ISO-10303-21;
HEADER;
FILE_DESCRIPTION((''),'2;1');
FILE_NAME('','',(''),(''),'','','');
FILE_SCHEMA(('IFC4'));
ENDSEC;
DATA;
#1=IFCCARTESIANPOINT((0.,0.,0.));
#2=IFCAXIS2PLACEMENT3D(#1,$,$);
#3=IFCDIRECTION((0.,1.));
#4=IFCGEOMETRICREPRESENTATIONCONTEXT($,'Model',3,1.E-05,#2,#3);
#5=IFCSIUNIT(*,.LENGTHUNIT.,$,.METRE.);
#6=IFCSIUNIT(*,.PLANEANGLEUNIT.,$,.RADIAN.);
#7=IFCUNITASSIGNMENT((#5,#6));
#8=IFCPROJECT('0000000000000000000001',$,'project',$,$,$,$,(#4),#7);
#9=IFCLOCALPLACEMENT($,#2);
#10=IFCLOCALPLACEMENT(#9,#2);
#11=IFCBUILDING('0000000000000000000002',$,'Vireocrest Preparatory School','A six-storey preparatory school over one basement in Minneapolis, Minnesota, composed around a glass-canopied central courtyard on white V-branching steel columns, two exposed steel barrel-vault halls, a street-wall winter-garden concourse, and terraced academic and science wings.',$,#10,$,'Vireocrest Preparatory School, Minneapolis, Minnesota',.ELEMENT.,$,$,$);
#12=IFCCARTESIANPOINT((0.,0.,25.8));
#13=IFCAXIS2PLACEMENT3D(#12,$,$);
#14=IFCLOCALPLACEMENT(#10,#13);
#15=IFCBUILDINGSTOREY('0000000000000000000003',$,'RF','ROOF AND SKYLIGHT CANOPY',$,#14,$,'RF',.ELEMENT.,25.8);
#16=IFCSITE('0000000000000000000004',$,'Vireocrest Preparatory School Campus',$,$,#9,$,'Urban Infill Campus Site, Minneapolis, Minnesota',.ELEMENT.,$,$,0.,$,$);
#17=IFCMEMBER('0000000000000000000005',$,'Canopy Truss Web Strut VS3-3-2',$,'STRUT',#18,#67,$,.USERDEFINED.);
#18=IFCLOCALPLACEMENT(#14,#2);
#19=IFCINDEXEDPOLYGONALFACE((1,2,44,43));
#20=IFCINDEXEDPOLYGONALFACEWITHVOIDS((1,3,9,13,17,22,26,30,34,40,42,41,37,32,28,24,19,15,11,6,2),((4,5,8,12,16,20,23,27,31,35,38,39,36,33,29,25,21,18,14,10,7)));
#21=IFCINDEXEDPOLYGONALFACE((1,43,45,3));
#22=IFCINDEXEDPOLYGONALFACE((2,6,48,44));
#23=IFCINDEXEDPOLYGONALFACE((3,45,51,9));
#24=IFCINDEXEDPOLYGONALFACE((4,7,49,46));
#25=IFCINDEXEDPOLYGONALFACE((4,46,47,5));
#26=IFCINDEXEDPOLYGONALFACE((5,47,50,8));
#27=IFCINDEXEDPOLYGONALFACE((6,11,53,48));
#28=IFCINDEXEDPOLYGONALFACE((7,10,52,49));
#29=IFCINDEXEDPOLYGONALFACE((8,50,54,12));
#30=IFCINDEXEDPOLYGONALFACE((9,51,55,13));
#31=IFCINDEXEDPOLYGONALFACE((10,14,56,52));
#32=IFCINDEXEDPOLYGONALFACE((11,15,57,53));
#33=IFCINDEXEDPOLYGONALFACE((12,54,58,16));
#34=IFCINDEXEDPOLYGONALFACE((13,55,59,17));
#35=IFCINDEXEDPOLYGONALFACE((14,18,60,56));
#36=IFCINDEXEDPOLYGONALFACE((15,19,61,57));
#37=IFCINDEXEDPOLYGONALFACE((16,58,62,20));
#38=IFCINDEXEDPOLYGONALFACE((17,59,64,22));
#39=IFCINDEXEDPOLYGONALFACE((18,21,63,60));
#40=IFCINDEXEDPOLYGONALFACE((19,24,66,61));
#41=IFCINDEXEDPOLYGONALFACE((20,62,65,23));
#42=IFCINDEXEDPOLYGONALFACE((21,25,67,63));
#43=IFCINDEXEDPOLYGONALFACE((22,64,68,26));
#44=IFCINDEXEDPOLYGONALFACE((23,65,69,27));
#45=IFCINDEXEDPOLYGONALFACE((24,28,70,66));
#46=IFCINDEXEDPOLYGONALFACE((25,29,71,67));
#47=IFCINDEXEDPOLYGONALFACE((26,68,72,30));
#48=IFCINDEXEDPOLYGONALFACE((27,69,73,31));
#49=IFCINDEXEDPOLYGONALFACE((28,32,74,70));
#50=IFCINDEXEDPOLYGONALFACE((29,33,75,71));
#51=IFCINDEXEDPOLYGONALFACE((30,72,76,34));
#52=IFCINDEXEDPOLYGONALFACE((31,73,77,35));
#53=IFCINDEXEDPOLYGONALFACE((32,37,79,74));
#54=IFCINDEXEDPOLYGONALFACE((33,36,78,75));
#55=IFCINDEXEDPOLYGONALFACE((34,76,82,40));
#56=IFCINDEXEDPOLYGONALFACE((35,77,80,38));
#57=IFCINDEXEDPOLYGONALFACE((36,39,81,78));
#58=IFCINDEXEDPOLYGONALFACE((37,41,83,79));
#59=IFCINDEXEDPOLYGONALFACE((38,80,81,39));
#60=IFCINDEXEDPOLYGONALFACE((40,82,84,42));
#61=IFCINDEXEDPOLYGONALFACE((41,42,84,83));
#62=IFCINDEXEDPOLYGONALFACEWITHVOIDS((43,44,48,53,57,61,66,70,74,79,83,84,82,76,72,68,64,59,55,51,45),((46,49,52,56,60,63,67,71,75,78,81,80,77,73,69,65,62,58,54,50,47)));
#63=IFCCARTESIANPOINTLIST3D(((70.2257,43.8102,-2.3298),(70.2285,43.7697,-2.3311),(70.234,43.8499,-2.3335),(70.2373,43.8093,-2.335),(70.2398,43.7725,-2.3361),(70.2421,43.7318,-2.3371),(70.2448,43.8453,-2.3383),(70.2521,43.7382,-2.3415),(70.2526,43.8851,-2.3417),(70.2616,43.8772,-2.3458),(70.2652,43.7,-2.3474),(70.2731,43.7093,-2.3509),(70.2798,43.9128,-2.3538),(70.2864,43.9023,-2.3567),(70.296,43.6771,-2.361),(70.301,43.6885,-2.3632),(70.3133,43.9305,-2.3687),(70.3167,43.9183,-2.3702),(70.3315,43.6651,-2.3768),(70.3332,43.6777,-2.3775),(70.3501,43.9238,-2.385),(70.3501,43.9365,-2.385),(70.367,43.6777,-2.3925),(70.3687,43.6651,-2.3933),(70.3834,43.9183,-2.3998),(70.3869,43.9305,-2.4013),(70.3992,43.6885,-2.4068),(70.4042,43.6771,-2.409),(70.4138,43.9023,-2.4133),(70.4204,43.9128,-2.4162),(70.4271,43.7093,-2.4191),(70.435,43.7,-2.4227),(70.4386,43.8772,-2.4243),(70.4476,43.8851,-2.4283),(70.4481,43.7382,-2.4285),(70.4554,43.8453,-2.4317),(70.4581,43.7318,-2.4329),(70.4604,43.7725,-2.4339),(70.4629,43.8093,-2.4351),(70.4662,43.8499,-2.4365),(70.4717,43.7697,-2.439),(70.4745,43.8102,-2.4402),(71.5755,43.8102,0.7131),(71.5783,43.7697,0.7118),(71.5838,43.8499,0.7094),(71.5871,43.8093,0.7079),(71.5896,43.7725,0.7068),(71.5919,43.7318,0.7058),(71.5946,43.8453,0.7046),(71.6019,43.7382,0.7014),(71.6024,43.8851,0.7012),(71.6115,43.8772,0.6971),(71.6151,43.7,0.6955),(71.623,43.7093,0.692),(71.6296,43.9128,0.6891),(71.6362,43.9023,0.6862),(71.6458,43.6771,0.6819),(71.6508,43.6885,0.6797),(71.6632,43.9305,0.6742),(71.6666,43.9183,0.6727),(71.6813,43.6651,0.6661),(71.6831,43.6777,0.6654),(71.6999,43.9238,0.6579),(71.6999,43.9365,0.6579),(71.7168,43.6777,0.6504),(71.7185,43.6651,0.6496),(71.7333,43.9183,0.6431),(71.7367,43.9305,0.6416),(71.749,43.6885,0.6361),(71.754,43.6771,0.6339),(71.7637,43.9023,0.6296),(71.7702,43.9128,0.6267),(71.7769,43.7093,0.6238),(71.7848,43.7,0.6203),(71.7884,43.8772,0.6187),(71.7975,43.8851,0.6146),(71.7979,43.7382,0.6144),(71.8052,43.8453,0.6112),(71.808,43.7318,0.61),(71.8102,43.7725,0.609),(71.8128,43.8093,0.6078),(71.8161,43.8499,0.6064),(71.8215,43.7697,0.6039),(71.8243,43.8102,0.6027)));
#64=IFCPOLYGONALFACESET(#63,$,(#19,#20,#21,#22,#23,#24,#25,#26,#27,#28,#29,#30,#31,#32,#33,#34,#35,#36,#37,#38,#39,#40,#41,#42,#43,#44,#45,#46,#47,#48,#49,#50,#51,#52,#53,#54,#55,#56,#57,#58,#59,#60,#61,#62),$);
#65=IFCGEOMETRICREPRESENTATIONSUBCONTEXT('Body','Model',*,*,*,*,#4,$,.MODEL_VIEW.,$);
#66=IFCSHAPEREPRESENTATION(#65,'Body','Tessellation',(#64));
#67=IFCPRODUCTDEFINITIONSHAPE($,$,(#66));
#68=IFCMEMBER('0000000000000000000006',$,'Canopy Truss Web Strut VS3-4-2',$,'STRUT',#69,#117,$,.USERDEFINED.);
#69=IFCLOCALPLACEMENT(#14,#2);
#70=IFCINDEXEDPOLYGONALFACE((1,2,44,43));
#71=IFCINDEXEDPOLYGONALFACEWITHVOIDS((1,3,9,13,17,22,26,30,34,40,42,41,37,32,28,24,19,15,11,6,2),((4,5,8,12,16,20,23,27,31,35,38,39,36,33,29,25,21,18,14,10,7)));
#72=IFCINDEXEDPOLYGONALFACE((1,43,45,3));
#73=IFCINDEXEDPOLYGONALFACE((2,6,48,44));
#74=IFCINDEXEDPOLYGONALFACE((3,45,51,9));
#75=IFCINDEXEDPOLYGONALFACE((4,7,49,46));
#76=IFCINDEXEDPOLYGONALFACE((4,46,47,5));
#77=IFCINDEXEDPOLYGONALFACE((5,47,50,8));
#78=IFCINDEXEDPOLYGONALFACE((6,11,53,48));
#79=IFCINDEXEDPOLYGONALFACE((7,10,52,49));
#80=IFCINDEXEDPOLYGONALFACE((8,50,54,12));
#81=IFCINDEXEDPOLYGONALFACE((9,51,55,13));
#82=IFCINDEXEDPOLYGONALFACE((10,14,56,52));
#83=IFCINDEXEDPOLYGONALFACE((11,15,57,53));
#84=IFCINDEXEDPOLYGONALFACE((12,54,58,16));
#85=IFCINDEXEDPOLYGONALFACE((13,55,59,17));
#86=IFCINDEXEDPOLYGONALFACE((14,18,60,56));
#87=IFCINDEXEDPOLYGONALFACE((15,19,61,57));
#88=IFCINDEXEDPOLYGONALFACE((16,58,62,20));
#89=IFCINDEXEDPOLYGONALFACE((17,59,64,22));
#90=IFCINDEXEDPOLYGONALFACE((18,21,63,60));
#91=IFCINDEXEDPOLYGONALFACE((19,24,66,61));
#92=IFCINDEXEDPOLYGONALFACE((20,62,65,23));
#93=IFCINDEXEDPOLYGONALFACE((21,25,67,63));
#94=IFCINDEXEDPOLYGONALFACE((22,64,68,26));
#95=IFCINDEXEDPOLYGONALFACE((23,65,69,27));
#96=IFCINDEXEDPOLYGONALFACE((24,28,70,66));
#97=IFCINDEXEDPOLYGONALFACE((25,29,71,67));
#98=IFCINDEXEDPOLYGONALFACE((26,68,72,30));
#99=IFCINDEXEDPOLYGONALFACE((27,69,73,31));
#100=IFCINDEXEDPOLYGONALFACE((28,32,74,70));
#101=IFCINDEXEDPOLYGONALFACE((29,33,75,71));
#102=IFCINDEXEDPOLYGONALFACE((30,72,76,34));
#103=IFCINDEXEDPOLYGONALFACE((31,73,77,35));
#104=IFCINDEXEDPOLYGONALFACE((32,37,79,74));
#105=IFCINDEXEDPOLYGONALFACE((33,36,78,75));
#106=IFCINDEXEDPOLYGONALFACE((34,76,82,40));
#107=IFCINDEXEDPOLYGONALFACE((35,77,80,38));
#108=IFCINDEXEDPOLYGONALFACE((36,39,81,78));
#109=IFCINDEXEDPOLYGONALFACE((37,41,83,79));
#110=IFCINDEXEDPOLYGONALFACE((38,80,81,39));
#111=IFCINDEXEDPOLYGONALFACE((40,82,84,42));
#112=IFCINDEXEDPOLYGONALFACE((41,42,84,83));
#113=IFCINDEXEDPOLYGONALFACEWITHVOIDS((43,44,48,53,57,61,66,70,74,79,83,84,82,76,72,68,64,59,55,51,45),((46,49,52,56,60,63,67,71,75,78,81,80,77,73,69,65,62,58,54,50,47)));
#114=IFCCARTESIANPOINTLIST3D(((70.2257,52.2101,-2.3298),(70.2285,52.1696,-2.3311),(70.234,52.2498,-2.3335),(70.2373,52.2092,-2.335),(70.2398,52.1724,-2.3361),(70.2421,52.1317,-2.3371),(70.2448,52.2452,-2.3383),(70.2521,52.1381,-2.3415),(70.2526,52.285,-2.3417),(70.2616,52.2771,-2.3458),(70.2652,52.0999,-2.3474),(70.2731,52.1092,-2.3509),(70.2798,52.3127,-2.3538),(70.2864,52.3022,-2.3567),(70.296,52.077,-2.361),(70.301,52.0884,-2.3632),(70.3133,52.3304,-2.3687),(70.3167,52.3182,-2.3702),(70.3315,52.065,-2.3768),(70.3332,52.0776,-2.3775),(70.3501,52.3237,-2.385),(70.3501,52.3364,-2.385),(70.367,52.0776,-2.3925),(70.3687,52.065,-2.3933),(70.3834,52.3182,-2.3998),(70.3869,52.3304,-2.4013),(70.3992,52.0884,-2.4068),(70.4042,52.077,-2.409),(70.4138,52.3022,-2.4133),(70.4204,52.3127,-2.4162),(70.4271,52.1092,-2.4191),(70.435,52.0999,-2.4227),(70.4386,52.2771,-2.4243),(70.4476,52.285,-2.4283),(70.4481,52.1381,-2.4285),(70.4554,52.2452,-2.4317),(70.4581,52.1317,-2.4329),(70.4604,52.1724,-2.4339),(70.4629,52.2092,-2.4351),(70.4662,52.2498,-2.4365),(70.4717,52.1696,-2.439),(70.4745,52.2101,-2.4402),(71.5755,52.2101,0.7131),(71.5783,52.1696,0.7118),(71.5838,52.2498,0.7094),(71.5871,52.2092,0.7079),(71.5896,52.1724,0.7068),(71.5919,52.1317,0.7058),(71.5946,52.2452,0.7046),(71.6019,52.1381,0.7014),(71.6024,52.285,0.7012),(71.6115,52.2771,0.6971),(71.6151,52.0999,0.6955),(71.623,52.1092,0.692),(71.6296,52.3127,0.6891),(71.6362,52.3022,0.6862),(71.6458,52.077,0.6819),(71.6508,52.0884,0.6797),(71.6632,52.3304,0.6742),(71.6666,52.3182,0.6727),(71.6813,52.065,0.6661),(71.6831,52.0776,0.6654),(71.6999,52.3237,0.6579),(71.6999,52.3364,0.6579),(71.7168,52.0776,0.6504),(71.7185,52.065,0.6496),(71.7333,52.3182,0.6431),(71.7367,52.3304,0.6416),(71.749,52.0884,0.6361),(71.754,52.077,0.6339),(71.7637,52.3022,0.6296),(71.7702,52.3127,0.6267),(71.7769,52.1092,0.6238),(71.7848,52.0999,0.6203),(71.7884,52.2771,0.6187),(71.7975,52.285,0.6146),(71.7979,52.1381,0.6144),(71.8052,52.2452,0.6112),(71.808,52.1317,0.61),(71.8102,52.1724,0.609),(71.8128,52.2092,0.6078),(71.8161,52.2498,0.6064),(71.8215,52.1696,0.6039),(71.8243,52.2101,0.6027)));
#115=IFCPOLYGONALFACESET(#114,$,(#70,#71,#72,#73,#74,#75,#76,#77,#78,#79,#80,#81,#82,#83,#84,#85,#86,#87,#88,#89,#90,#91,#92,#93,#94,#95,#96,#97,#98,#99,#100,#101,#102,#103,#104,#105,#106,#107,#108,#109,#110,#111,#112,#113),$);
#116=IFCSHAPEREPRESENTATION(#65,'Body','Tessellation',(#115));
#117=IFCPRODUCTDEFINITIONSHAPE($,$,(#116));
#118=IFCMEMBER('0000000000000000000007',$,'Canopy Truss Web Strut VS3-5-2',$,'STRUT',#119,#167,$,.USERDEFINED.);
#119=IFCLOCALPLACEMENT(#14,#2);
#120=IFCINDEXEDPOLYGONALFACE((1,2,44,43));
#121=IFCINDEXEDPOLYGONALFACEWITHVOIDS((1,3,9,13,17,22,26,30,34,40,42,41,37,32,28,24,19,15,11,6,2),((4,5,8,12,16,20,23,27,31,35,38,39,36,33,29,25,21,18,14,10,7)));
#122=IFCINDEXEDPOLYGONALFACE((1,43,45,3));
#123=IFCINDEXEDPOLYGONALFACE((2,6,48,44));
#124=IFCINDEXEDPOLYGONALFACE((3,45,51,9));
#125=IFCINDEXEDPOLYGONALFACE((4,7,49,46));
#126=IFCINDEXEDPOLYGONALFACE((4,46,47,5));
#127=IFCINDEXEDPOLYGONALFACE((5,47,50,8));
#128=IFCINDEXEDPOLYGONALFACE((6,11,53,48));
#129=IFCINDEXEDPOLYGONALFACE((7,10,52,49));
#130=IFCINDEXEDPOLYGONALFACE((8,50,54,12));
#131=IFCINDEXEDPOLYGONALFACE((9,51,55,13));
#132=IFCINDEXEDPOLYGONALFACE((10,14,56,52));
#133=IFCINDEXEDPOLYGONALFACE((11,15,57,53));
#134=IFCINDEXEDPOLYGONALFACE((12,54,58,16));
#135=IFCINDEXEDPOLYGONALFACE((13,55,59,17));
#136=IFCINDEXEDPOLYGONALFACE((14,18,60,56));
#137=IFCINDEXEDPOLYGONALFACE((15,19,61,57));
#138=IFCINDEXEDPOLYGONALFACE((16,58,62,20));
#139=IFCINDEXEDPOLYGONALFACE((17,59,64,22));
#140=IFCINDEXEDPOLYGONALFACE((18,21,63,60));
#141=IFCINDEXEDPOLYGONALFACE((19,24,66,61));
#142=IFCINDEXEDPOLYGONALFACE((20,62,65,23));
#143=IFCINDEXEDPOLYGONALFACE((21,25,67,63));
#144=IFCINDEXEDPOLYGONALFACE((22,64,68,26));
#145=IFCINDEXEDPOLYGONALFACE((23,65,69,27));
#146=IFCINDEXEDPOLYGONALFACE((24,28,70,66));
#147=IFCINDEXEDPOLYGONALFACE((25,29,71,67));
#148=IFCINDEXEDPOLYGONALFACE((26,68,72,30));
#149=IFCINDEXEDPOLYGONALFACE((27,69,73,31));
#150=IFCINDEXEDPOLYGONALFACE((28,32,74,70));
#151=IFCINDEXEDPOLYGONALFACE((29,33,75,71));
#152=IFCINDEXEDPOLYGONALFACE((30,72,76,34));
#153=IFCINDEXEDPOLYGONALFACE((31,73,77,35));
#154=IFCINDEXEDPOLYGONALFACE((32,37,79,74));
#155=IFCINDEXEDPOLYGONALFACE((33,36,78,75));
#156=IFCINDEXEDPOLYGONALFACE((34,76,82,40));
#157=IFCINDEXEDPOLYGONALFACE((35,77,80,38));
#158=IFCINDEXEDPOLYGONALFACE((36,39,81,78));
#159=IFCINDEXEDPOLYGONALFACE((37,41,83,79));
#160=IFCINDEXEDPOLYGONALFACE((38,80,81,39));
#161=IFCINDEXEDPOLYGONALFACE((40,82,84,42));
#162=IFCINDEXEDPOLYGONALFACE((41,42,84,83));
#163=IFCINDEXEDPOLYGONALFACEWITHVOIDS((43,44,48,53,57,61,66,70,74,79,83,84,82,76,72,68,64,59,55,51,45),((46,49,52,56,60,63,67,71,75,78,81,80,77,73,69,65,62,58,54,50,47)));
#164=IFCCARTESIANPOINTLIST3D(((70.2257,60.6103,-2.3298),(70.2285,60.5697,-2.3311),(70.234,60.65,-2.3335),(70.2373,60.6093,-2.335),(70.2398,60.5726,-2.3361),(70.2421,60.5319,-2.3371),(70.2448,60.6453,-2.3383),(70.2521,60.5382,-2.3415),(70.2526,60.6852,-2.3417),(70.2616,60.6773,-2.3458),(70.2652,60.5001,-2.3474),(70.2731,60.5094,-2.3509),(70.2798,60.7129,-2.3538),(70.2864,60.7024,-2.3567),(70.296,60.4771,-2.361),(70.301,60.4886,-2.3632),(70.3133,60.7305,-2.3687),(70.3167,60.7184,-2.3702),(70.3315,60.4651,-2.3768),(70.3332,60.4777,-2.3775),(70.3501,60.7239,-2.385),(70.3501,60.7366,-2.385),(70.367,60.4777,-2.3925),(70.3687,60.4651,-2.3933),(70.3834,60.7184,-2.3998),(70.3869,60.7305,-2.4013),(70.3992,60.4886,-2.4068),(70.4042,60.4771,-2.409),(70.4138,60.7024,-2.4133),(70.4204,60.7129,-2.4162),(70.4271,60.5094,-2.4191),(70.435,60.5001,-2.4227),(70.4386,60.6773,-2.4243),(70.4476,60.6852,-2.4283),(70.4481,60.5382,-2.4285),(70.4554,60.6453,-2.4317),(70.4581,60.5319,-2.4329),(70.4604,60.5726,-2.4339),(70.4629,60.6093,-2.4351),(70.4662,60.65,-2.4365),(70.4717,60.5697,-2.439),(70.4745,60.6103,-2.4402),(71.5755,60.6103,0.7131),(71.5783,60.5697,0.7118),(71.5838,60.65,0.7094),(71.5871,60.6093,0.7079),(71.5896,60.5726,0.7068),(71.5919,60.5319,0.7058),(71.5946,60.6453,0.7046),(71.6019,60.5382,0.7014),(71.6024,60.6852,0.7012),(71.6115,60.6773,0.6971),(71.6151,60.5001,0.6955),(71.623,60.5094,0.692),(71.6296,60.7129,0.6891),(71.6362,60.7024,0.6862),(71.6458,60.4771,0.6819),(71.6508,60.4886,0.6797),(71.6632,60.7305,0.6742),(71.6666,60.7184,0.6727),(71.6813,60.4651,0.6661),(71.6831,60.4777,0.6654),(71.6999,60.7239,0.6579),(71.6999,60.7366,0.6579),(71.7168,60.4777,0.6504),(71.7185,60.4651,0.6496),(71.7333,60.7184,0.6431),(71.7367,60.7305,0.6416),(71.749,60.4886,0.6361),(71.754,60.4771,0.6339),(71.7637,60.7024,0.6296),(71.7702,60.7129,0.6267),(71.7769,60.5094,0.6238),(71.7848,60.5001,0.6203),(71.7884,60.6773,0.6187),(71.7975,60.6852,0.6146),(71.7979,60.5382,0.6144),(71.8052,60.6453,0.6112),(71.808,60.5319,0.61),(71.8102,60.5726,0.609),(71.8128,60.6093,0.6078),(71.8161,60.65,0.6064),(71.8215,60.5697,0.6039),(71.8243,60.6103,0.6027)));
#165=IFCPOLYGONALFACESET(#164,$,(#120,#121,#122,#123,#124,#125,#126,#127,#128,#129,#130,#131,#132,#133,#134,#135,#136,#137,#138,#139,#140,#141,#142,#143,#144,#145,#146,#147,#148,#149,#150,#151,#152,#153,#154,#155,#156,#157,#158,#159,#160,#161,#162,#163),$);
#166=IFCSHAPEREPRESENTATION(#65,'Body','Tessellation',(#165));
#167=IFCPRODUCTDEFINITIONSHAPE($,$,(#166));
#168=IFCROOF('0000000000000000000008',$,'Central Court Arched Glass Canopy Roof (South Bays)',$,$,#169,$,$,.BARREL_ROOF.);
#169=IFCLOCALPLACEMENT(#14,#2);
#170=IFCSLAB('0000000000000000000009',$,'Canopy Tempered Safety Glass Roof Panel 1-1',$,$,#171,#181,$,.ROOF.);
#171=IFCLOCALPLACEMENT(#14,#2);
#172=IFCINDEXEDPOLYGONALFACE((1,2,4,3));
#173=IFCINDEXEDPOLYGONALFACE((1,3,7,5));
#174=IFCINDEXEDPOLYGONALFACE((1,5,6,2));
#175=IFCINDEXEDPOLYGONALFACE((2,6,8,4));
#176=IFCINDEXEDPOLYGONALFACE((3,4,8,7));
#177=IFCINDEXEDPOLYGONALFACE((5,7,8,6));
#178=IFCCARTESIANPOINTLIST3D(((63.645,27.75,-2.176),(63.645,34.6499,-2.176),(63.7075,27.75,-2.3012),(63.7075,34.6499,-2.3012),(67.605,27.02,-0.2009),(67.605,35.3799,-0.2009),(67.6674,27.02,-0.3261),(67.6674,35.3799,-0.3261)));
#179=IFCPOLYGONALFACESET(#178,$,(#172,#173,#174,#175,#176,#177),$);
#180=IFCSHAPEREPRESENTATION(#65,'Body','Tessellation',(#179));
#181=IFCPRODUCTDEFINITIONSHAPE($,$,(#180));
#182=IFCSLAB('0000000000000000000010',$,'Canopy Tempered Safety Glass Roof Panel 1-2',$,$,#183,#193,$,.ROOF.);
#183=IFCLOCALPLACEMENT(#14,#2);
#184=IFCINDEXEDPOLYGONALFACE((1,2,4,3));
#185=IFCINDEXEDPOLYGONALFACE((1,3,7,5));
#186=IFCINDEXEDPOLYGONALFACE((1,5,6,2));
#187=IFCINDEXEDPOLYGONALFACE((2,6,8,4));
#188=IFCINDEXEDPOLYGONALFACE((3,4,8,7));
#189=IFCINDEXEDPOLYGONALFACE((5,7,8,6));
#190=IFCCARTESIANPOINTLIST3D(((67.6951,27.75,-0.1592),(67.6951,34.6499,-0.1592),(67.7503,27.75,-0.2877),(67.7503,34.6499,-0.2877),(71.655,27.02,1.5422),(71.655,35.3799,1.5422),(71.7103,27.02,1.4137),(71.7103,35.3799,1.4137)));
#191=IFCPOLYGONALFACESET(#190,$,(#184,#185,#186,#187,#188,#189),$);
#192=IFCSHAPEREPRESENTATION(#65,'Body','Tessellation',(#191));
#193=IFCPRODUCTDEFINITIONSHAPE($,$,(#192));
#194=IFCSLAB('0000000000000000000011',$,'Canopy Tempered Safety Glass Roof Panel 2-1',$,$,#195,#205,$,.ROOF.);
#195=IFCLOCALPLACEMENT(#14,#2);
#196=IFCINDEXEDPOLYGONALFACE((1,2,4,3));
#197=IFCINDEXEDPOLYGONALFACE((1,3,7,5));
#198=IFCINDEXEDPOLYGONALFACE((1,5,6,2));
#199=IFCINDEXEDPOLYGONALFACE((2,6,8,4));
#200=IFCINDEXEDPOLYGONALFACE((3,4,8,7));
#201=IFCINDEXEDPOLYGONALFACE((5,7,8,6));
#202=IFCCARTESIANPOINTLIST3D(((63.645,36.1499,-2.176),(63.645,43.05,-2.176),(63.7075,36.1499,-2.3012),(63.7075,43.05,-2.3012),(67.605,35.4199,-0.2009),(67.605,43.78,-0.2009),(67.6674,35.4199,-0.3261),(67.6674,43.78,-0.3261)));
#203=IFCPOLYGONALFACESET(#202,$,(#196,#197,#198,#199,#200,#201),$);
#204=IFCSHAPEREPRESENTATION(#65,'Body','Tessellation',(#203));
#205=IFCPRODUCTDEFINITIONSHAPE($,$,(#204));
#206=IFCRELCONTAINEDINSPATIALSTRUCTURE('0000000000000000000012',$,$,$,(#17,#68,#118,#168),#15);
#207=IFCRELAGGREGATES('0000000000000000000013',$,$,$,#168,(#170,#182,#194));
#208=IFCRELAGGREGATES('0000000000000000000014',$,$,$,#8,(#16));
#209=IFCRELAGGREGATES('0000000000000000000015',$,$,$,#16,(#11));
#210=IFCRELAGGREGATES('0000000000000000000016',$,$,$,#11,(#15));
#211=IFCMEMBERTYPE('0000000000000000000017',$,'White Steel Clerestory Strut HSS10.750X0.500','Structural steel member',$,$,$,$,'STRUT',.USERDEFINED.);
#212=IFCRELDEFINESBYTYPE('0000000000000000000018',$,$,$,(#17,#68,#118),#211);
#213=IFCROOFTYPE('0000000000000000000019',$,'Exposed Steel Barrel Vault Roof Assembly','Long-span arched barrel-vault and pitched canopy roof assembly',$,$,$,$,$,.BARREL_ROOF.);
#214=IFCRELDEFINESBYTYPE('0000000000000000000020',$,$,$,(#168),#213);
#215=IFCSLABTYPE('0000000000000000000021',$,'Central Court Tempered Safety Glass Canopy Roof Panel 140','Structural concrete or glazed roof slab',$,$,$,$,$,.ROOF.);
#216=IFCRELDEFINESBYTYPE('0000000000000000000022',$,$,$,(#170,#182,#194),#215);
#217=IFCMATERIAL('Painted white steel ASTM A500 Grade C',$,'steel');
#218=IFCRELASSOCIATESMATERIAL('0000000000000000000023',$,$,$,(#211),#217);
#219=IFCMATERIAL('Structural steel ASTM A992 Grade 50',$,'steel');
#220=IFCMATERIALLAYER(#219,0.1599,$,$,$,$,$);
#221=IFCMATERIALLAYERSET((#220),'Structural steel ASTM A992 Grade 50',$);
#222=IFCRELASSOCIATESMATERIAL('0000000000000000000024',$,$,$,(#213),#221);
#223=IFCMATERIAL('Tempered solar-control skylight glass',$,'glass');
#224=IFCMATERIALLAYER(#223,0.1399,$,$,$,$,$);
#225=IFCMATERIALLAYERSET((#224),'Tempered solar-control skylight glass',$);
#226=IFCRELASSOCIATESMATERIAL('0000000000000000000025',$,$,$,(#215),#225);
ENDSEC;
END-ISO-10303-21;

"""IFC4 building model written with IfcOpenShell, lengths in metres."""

from ifc_helpers import new_model, si_unit, direction, frame, origin, origin_2d, place, context, subcontext, project, spatial, polyline, hollow_circle, outline, extrude, material, layer, layer_set, material_profile, profile_set, type_object, element, aggregate, save


model = new_model("IFC4")

# Units and contexts
model_context = context("Model", 3, precision=1e-05, world=origin(), true_north=direction((0.0, 1.0)))
body_context = subcontext(model_context, "Body", "Model", "MODEL_VIEW")
ifc_project = project(units=[si_unit("LENGTHUNIT", "METRE"), si_unit("PLANEANGLEUNIT", "RADIAN")], contexts=[model_context])

# Site, building, storey
site_placement = place(None, origin())
site = spatial("IfcSite", under=ifc_project, at=site_placement, Name="Vireocrest Preparatory School Campus", LongName="Urban Infill Campus Site, Minneapolis, Minnesota", CompositionType="ELEMENT", RefElevation=0.0)
building_placement = place(site_placement, origin())
building = spatial("IfcBuilding", under=site, at=building_placement, Name="Vireocrest Preparatory School", Description="A six-storey preparatory school over one basement in Minneapolis, Minnesota, composed around a glass-canopied central courtyard on white V-branching steel columns, two exposed steel barrel-vault halls, a street-wall winter-garden concourse, and terraced academic and science wings.", LongName="Vireocrest Preparatory School, Minneapolis, Minnesota", CompositionType="ELEMENT")
storey_placement = place(building_placement, frame((0.0, 0.0, 25.8)))
storey = spatial("IfcBuildingStorey", under=building, at=storey_placement, Name="RF", Description="ROOF AND SKYLIGHT CANOPY", LongName="RF", CompositionType="ELEMENT", Elevation=25.8)

# Shared definitions
ifc_material_1 = material(Name="Structural steel ASTM A992 Grade 50", Category="steel")

# Members
ifc_material_2 = material(Name="Painted white steel ASTM A500 Grade C", Category="steel")
ifc_material_profile_1 = material_profile(ifc_material_2, hollow_circle(Radius=0.1365, WallThickness=0.0127, at=origin_2d()), Name="HSS10.750X0.500")
ifc_profile_set_1 = profile_set([ifc_material_profile_1], Name="Painted white steel ASTM A500 Grade C")
member_type = type_object("IfcMemberType", Name="White Steel Clerestory Strut HSS10.750X0.500", Description="Structural steel member", ElementType="STRUT", PredefinedType="USERDEFINED", material=ifc_profile_set_1)
for number, where, z_axis, x_axis, name in (
    (1, (70.3501, 43.8, -2.385), (0.405492, 0.0, 0.914099), (0.0, 1.0, 0.0), "Canopy Truss Web Strut VS3-3-2"),
    (2, (70.3501, 52.2, -2.385), (0.405492, 0.0, 0.914099), (0.0, 1.0, 0.0), "Canopy Truss Web Strut VS3-4-2"),
    (3, (70.3501, 60.6001, -2.385), (0.405492, 0.0, 0.914099), (0.0, 1.0, 0.0), "Canopy Truss Web Strut VS3-5-2"),
):
    element("IfcMember", number, at=place(storey_placement, frame(where, z_axis=z_axis, x_axis=x_axis)), inside=storey, type_object=member_type, Name=name, ObjectType="STRUT", PredefinedType="USERDEFINED", context=body_context, shape_type="SweptSolid", body=[
        extrude(hollow_circle(Radius=0.1365, WallThickness=0.0127, at=origin_2d()), origin(), (0.0, 0.0, 1.0), 3.3289),
    ])

# Roof, slabs
ifc_layer_1 = layer(ifc_material_1, 0.1599)
ifc_layer_set_1 = layer_set([ifc_layer_1], Name="Structural steel ASTM A992 Grade 50")
roof_type = type_object("IfcRoofType", Name="Exposed Steel Barrel Vault Roof Assembly", Description="Long-span arched barrel-vault and pitched canopy roof assembly", PredefinedType="BARREL_ROOF", material=ifc_layer_set_1)
roof_1_placement = place(storey_placement, origin())
roof_1 = element("IfcRoof", 4, at=roof_1_placement, inside=storey, type_object=roof_type, Name="Central Court Arched Glass Canopy Roof (South Bays)", PredefinedType="BARREL_ROOF")
ifc_material_3 = material(Name="Tempered solar-control skylight glass", Category="glass")
ifc_layer_2 = layer(ifc_material_3, 0.1399)
ifc_layer_set_2 = layer_set([ifc_layer_2], Name="Tempered solar-control skylight glass")
slab_type = type_object("IfcSlabType", Name="Central Court Tempered Safety Glass Canopy Roof Panel 140", Description="Structural concrete or glazed roof slab", PredefinedType="ROOF", material=ifc_layer_set_2)
slab_1_placement = place(storey_placement, frame((63.645, 27.75, -2.176), z_axis=(-0.446331, 0.0, 0.894868), x_axis=(0.882936, -0.162761, 0.440379)))
slab_1 = element("IfcSlab", 5, at=slab_1_placement, type_object=slab_type, Name="Canopy Tempered Safety Glass Roof Panel 1-1", PredefinedType="ROOF", context=body_context, shape_type="SweptSolid", body=[
    extrude(outline(polyline([(0.0, 0.0), (4.485, 0.0), (3.1243, 8.2484), (-1.123, 6.8079), (0.0, 0.0)])), origin(), (0.0, 0.0, -1.0), 0.1399),
])
slab_2_placement = place(storey_placement, frame((67.6951, 27.75, -0.1592), z_axis=(-0.39476, 0.0, 0.918784), x_axis=(0.905883, -0.166991, 0.389217)))
slab_2 = element("IfcSlab", 6, at=slab_2_placement, type_object=slab_type, Name="Canopy Tempered Safety Glass Roof Panel 1-2", PredefinedType="ROOF", context=body_context, shape_type="SweptSolid", body=[
    extrude(outline(polyline([(0.0, 0.0), (4.3714, 0.0), (2.9754, 8.2425), (-1.1522, 6.803), (0.0, 0.0)])), origin(), (0.0, 0.0, -1.0), 0.1399),
])
slab_3_placement = place(storey_placement, frame((63.645, 36.1499, -2.176), z_axis=(-0.446331, 0.0, 0.894868), x_axis=(0.882936, -0.162761, 0.440379)))
slab_3 = element("IfcSlab", 7, at=slab_3_placement, type_object=slab_type, Name="Canopy Tempered Safety Glass Roof Panel 2-1", PredefinedType="ROOF", context=body_context, shape_type="SweptSolid", body=[
    extrude(outline(polyline([(0.0, 0.0), (4.485, 0.0), (3.1243, 8.2486), (-1.1231, 6.8081), (0.0, 0.0)])), origin(), (0.0, 0.0, -1.0), 0.1399),
])
aggregate(roof_1, [slab_1, slab_2, slab_3])

save(model, "model.ifc")
